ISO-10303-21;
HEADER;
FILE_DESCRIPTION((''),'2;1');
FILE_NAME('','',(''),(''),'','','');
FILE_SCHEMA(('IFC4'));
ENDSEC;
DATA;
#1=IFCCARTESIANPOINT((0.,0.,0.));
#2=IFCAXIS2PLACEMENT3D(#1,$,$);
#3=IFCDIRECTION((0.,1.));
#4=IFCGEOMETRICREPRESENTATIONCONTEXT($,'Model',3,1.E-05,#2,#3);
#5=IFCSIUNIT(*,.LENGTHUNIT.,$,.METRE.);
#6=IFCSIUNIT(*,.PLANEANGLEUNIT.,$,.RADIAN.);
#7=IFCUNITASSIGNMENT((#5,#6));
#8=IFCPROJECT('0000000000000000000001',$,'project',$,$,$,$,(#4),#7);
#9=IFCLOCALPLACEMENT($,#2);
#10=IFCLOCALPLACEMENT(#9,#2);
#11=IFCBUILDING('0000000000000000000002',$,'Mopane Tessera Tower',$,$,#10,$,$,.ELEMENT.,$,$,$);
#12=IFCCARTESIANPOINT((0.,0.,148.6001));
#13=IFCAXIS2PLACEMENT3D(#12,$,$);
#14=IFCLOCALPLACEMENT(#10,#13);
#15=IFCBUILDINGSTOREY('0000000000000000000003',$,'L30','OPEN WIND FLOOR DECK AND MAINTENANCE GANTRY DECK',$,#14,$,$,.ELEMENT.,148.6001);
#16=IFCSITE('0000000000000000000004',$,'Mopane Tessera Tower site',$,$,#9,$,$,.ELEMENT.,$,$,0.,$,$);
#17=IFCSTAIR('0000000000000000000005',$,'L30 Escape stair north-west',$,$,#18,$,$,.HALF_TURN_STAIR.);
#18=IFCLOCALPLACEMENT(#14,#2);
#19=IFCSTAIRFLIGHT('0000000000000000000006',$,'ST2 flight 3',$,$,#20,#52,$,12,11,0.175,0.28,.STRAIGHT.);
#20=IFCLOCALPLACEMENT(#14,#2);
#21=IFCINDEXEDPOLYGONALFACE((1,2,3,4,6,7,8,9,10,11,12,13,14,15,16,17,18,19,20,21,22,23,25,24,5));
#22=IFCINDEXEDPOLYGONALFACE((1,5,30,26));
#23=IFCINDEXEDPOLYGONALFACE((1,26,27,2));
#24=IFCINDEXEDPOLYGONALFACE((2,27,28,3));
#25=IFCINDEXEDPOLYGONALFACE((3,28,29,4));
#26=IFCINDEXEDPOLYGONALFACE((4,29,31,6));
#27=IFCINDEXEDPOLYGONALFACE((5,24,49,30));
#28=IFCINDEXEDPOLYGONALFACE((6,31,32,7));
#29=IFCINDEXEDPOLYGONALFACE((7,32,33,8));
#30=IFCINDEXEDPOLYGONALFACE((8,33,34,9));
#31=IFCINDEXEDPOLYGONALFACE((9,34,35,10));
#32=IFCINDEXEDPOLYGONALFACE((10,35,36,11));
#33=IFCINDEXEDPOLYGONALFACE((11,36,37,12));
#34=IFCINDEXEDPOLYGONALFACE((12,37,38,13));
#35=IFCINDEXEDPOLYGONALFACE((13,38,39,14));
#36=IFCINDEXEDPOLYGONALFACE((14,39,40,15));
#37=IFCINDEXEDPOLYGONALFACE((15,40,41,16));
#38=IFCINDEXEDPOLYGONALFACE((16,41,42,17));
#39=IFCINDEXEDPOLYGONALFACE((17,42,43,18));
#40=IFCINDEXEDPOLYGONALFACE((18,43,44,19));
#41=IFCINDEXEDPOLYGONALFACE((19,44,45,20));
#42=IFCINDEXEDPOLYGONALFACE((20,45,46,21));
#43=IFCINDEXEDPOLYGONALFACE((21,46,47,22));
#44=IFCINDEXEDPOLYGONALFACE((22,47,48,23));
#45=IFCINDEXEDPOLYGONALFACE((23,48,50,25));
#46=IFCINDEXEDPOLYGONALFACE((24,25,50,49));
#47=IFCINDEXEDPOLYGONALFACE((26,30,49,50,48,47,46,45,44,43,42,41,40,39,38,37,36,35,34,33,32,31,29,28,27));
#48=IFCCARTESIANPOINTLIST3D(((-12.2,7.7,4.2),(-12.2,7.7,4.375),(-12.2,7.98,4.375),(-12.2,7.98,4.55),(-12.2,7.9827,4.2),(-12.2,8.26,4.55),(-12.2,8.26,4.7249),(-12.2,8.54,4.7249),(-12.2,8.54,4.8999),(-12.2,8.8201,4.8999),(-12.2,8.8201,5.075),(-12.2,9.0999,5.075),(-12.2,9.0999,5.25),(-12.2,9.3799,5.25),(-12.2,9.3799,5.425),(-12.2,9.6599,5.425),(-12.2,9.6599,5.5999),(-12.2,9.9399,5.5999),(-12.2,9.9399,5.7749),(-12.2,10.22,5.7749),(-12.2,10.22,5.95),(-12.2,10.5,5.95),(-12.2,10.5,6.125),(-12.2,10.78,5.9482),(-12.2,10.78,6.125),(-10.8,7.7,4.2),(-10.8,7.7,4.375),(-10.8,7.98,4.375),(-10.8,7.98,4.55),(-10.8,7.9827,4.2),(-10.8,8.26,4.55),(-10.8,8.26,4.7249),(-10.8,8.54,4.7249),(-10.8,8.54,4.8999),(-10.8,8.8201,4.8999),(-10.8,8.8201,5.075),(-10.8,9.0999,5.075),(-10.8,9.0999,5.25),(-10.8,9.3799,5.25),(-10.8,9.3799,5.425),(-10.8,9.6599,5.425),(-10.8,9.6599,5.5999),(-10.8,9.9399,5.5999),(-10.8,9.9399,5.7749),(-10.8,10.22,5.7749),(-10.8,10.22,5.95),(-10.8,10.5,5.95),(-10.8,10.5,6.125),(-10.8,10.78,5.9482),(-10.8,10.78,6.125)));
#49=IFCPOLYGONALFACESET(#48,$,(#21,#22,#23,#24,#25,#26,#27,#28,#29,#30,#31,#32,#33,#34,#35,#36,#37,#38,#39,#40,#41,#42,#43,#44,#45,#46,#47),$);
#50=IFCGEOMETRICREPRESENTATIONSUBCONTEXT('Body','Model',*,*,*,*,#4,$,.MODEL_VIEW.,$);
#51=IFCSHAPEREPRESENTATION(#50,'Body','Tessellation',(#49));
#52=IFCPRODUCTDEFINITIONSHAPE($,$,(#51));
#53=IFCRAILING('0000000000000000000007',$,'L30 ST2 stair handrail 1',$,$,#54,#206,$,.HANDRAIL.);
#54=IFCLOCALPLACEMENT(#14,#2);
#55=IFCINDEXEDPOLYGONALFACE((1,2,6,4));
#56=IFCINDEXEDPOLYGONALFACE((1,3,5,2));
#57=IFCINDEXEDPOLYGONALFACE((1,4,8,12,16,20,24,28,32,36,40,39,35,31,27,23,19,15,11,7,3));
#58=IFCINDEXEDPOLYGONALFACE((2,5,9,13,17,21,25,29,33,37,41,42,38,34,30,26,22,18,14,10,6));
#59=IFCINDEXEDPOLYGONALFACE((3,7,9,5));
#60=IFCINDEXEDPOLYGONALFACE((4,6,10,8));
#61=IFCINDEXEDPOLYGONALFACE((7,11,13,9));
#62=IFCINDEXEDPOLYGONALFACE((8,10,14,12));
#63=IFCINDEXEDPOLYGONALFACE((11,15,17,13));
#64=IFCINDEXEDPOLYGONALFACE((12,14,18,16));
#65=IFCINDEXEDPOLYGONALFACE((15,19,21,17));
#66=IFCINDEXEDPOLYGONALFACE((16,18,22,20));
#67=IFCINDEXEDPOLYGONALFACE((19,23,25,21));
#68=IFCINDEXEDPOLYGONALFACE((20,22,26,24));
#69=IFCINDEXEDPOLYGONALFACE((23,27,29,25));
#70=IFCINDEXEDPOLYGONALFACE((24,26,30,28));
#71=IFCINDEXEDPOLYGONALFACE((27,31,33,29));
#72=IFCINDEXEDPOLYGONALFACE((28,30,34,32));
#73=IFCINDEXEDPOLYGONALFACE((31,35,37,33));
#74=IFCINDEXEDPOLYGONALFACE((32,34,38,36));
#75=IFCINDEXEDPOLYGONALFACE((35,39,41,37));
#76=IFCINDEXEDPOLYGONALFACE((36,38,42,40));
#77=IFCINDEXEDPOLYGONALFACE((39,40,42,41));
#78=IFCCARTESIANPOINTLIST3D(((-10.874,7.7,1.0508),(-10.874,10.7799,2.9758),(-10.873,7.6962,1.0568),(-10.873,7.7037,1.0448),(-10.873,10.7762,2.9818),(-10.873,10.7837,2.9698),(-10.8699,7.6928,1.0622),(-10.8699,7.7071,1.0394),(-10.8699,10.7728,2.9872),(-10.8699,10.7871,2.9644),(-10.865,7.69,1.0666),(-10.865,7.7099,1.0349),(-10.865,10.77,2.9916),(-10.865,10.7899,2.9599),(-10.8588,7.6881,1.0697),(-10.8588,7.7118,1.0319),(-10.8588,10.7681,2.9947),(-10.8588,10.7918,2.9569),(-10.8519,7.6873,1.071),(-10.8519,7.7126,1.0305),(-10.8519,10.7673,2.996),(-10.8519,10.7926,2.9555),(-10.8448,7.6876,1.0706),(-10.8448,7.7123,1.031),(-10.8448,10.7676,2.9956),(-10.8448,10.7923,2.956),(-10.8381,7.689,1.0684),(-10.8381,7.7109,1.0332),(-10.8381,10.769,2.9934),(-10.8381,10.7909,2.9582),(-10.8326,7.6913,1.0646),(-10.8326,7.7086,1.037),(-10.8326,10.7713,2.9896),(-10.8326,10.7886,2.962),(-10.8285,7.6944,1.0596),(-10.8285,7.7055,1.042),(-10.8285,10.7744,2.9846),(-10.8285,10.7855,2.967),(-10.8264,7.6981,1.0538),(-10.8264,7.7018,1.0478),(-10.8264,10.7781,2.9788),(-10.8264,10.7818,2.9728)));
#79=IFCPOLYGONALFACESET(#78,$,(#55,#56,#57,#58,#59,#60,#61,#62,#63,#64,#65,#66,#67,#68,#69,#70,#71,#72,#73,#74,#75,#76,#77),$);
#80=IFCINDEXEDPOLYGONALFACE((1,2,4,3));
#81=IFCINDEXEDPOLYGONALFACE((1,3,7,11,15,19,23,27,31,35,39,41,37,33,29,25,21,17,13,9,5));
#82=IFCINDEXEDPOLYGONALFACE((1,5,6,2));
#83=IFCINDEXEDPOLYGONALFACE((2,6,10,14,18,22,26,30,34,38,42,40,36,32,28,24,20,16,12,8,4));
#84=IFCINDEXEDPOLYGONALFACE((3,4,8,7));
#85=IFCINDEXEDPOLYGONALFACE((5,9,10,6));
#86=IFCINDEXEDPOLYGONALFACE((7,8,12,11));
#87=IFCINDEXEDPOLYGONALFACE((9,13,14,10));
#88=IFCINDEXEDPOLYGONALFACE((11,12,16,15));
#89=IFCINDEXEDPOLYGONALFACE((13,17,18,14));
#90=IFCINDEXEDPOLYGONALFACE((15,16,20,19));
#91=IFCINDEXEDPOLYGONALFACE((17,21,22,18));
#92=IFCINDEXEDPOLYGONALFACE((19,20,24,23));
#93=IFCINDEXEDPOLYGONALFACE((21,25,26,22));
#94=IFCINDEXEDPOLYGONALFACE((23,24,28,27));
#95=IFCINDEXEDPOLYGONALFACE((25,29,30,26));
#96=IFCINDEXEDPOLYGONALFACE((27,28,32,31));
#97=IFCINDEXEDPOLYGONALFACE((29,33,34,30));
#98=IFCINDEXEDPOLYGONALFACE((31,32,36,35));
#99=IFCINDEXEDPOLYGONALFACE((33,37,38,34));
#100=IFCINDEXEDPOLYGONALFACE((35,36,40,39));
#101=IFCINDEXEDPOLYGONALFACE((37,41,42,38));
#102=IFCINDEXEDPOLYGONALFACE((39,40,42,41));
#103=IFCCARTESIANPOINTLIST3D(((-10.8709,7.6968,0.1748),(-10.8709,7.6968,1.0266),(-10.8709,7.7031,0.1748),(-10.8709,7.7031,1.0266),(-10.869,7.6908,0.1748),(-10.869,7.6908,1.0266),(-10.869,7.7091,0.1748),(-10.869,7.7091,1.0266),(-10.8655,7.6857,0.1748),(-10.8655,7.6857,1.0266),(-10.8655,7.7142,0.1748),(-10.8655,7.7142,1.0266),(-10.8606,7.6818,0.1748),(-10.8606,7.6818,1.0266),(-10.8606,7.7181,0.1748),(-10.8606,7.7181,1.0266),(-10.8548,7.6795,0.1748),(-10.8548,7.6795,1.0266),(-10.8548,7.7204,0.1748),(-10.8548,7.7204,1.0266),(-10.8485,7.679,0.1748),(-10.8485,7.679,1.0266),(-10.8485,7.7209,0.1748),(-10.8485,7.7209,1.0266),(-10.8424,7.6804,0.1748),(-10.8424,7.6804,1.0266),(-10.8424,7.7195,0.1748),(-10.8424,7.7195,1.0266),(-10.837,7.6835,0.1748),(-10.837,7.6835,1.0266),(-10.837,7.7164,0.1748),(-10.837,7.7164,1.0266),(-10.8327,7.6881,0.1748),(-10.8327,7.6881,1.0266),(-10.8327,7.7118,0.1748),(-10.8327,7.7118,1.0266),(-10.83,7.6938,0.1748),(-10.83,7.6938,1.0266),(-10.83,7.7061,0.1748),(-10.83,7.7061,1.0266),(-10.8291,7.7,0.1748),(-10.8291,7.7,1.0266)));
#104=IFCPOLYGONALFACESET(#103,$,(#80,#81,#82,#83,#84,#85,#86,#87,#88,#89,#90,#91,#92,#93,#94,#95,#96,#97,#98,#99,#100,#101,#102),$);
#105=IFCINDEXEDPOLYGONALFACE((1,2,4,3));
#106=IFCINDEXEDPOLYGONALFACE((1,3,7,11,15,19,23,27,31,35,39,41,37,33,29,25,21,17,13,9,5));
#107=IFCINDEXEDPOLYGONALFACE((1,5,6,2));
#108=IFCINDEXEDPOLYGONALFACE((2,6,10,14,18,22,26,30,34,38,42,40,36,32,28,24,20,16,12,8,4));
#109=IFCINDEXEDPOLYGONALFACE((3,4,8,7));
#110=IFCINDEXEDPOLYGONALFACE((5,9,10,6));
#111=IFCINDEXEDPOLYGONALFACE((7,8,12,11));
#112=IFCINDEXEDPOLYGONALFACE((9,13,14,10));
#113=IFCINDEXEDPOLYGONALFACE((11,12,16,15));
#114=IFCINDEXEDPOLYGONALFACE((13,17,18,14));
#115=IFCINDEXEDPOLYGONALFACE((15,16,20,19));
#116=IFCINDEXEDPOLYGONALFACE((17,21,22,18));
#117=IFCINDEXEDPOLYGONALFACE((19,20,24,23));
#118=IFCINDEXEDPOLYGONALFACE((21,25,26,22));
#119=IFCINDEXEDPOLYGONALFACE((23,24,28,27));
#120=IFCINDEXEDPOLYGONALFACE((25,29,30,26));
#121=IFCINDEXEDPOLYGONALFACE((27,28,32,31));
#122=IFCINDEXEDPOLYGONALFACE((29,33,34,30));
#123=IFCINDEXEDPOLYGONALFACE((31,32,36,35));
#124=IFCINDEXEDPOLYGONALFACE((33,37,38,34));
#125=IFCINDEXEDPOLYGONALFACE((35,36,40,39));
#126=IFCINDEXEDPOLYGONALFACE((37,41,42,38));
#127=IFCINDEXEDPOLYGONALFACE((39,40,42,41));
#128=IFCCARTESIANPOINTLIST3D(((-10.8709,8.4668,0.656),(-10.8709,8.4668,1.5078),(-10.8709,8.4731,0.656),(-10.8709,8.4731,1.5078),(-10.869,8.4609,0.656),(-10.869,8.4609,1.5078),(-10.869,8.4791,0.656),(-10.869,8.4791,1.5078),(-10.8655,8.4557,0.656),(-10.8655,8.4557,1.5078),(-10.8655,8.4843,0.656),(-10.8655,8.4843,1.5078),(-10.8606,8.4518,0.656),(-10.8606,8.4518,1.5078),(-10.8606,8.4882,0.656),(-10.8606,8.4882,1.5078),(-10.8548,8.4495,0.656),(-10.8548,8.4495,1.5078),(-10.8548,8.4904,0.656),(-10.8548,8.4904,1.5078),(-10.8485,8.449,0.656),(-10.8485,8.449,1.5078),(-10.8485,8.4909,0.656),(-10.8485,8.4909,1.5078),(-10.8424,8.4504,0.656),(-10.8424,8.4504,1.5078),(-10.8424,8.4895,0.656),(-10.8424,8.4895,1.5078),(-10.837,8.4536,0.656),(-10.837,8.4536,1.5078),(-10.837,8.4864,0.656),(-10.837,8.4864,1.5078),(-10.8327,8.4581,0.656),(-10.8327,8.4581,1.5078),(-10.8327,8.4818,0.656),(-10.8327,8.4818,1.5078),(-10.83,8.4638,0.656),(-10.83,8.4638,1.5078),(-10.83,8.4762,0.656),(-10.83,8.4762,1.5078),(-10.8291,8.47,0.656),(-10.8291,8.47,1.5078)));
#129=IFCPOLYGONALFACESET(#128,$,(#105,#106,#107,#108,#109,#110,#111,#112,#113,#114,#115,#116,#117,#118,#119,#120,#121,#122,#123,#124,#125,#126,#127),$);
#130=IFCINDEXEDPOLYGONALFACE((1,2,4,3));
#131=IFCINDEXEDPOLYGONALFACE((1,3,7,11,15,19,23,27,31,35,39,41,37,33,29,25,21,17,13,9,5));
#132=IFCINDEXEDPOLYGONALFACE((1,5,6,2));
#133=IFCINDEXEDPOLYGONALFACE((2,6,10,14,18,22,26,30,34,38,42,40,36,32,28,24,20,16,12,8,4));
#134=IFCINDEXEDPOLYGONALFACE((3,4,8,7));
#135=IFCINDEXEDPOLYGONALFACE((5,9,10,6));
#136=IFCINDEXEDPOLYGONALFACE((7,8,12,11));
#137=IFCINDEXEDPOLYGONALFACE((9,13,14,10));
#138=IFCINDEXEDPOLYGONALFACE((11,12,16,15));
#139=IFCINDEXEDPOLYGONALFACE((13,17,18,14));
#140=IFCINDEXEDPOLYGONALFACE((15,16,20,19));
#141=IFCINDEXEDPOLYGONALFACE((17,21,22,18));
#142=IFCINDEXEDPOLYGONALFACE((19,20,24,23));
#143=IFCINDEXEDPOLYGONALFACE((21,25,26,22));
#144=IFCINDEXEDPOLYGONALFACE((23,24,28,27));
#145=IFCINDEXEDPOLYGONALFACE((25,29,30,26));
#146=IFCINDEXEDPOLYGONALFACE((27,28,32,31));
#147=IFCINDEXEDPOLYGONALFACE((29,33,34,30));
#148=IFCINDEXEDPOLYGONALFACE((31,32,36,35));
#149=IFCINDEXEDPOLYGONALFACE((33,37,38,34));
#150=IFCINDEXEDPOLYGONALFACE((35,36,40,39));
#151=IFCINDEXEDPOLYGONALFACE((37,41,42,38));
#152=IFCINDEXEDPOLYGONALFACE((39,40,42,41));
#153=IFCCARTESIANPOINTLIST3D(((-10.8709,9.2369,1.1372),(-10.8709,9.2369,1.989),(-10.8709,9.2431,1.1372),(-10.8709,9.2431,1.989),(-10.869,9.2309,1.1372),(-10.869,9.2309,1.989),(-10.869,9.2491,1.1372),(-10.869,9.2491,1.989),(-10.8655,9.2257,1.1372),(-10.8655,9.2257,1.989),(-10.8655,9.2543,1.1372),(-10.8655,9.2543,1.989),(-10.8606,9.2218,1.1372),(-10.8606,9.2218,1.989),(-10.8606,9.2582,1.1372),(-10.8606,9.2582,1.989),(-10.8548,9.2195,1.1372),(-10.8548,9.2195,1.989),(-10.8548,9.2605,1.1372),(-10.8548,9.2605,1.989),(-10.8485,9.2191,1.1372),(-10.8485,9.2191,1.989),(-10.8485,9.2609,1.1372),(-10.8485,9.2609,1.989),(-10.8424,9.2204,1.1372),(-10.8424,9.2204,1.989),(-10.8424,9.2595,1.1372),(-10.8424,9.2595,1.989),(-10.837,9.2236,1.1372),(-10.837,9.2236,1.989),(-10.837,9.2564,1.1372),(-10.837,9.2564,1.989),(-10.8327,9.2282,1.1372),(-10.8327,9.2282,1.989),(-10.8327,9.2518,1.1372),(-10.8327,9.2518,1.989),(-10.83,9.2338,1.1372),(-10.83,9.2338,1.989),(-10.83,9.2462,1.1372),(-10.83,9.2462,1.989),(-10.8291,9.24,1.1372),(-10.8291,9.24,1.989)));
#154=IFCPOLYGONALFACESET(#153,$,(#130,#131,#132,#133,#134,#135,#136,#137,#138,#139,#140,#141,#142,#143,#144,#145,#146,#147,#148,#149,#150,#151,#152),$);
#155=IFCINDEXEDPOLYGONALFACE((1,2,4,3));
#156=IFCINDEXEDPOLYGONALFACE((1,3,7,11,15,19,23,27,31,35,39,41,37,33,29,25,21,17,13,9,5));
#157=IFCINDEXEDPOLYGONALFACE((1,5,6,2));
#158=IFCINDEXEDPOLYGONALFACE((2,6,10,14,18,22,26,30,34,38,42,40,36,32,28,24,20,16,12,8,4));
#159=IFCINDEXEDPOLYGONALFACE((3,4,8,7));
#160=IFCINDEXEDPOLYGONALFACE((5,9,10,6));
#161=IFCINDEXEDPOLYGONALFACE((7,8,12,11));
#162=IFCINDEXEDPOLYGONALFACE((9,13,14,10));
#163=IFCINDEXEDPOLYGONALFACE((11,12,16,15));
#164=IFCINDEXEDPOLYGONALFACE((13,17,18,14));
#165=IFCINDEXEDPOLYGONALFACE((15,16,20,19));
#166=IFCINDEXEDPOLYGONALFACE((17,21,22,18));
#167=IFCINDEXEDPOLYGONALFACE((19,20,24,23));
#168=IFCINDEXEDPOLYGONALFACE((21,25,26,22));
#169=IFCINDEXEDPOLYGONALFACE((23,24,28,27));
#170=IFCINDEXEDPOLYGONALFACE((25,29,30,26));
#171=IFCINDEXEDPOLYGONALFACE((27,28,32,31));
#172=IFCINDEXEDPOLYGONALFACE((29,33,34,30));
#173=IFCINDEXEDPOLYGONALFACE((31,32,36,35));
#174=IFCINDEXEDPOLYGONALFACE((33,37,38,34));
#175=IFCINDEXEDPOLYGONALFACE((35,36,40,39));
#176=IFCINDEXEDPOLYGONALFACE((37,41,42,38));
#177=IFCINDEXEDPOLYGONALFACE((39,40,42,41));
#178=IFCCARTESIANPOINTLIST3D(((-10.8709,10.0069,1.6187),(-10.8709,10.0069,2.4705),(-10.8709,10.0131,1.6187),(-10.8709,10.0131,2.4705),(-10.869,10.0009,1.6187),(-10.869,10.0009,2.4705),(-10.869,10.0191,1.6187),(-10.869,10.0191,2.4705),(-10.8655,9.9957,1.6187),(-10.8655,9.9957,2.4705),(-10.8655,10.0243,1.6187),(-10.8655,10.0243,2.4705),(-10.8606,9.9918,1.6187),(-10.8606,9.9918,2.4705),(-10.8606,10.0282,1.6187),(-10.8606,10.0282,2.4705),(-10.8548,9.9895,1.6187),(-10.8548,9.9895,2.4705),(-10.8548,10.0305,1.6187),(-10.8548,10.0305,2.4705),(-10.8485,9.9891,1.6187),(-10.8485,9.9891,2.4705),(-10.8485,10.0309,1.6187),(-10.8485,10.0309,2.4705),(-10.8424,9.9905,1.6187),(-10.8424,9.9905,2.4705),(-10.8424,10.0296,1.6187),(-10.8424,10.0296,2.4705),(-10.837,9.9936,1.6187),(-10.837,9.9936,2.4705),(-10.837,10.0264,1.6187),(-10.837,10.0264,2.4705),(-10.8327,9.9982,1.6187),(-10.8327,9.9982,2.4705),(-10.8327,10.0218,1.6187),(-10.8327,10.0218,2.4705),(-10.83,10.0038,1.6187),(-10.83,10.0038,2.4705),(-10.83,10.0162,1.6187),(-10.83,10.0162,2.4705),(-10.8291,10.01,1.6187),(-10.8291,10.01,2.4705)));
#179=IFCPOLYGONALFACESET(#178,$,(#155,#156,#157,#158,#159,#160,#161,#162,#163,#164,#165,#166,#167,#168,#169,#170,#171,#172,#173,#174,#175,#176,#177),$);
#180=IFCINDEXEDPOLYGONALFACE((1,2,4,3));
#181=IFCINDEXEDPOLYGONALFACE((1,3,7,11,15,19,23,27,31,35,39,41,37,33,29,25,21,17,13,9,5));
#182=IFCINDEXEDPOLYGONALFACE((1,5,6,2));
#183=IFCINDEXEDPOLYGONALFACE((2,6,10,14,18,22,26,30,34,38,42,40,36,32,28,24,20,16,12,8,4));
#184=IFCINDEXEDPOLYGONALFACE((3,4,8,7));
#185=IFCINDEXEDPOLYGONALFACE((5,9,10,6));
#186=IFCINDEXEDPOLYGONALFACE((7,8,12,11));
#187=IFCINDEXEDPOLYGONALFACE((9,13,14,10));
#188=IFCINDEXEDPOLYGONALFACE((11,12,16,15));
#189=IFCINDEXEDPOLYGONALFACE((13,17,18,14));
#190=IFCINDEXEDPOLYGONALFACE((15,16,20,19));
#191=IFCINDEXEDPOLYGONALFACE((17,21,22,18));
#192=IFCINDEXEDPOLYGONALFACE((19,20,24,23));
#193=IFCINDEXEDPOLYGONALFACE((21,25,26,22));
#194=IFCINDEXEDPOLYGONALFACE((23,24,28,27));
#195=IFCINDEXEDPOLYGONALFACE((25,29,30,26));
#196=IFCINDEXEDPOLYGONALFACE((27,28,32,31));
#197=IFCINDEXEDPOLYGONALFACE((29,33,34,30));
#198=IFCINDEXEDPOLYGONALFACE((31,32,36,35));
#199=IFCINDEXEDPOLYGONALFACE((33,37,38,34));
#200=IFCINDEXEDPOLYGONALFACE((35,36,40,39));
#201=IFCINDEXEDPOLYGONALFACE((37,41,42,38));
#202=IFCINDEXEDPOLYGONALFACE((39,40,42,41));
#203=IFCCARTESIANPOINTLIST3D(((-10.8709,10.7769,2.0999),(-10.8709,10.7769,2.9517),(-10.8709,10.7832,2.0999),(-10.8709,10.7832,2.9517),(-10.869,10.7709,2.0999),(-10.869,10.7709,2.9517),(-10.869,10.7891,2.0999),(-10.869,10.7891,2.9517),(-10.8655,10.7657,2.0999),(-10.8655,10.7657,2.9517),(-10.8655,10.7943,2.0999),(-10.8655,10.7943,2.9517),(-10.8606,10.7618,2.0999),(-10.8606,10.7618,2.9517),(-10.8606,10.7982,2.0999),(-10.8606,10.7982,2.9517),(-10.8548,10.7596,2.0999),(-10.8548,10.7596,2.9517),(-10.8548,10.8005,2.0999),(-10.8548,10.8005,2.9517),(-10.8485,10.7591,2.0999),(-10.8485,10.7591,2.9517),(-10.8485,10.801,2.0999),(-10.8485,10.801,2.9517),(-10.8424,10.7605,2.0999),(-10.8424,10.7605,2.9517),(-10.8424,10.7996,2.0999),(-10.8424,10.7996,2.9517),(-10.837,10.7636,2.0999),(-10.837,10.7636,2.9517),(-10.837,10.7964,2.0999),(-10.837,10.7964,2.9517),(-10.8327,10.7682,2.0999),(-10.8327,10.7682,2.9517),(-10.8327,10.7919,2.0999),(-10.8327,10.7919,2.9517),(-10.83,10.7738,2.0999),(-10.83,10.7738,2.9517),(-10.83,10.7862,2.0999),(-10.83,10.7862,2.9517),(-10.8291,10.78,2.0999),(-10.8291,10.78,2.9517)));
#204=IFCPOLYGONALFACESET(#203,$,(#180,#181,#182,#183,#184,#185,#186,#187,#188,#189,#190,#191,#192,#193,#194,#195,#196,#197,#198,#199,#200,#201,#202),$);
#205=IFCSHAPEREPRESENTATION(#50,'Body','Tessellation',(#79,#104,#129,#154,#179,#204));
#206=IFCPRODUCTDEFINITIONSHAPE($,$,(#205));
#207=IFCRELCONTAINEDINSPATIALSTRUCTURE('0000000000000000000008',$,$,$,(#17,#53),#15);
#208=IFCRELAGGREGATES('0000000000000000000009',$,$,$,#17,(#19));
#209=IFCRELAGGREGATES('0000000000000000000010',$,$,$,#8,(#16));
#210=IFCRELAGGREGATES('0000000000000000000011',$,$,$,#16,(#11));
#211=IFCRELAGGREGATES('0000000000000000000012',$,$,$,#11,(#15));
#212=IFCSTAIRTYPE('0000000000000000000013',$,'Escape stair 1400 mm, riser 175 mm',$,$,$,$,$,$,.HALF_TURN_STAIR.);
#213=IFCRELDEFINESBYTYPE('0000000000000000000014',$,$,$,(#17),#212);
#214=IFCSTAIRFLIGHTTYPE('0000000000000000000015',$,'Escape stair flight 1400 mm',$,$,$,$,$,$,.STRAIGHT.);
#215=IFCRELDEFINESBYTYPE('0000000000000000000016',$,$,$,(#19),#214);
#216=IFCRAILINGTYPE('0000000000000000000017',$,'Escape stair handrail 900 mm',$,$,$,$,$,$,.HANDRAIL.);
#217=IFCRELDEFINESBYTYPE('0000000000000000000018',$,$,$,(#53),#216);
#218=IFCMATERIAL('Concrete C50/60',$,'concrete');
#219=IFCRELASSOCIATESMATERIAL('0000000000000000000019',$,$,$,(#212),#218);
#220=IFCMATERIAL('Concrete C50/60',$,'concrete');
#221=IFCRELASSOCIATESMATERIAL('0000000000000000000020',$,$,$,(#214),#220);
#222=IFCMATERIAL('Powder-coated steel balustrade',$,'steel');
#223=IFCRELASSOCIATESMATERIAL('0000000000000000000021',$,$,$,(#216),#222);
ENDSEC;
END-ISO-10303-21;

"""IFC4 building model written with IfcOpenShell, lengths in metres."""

from ifc_helpers import new_model, si_unit, direction, frame, origin, origin_2d, place, context, subcontext, project, spatial, polyline, circle, outline, extrude, material, type_object, element, aggregate, save


model = new_model("IFC4")

# Units and contexts
model_context = context("Model", 3, precision=1e-05, world=origin(), true_north=direction((0.0, 1.0)))
body_context = subcontext(model_context, "Body", "Model", "MODEL_VIEW")
ifc_project = project(units=[si_unit("LENGTHUNIT", "METRE"), si_unit("PLANEANGLEUNIT", "RADIAN")], contexts=[model_context])

# Site, building, storey
site_placement = place(None, origin())
site = spatial("IfcSite", under=ifc_project, at=site_placement, Name="Mopane Tessera Tower site", CompositionType="ELEMENT", RefElevation=0.0)
building_placement = place(site_placement, origin())
building = spatial("IfcBuilding", under=site, at=building_placement, Name="Mopane Tessera Tower", CompositionType="ELEMENT")
storey_placement = place(building_placement, frame((0.0, 0.0, 148.6001)))
storey = spatial("IfcBuildingStorey", under=building, at=storey_placement, Name="L30", Description="OPEN WIND FLOOR DECK AND MAINTENANCE GANTRY DECK", CompositionType="ELEMENT", Elevation=148.6001)

# Stair, stair flight
ifc_material_1 = material(Name="Concrete C50/60", Category="concrete")
stair_type = type_object("IfcStairType", Name="Escape stair 1400 mm, riser 175 mm", PredefinedType="HALF_TURN_STAIR", material=ifc_material_1)
stair_placement = place(storey_placement, origin())
stair = element("IfcStair", 1, at=stair_placement, inside=storey, type_object=stair_type, Name="L30 Escape stair north-west", PredefinedType="HALF_TURN_STAIR")
ifc_material_2 = material(Name="Concrete C50/60", Category="concrete")
stair_flight_type = type_object("IfcStairFlightType", Name="Escape stair flight 1400 mm", PredefinedType="STRAIGHT", material=ifc_material_2)
stair_flight_1_placement = place(storey_placement, frame((-11.5, 7.7, 4.2), z_axis=(0.0, 0.0, 1.0), x_axis=(0.0, 1.0, 0.0)))
stair_flight_1 = element("IfcStairFlight", 2, at=stair_flight_1_placement, type_object=stair_flight_type, Name="ST2 flight 3", NumberOfRisers=12, NumberOfTreads=11, PredefinedType="STRAIGHT", RiserHeight=0.175, TreadLength=0.28, context=body_context, shape_type="SweptSolid", body=[
    extrude(outline(polyline([(0.0, 0.0), (0.0, 0.175), (0.28, 0.175), (0.28, 0.3501), (0.5601, 0.3501), (0.5601, 0.5249), (0.8401, 0.5249), (0.8401, 0.7), (1.1201, 0.7), (1.1201, 0.875), (1.3999, 0.875), (1.3999, 1.05), (1.6799, 1.05), (1.6799, 1.2251), (1.96, 1.2251), (1.96, 1.3999), (2.24, 1.3999), (2.24, 1.575), (2.52, 1.575), (2.52, 1.75), (2.8, 1.75), (2.8, 1.925), (3.0801, 1.925), (3.0801, 2.1001), (3.0801, 1.7483), (0.2827, 0.0), (0.0, 0.0)])), frame((0.0, 0.7, 0.0), z_axis=(0.0, -1.0, 0.0), x_axis=(1.0, 0.0, 0.0)), (0.0, 0.0, 1.0), 1.3999),
])
aggregate(stair, [stair_flight_1])

# Railing
ifc_material_3 = material(Name="Powder-coated steel balustrade", Category="steel")
railing_type = type_object("IfcRailingType", Name="Escape stair handrail 900 mm", PredefinedType="HANDRAIL", material=ifc_material_3)
railing_1_placement = place(storey_placement, frame((-10.8501, 7.7, 0.1748)))
element("IfcRailing", 3, at=railing_1_placement, inside=storey, type_object=railing_type, Name="L30 ST2 stair handrail 1", PredefinedType="HANDRAIL", context=body_context, shape_type="SweptSolid", body=[
    extrude(circle(Radius=0.0239, at=origin_2d()), frame((0.0, 0.0, 0.876), z_axis=(0.0, 0.847998, 0.529999), x_axis=(-1.0, 0.0, 0.0)), (0.0, 0.0, 1.0), 3.6321),
    extrude(circle(Radius=0.021, at=origin_2d()), origin(), (0.0, 0.0, 1.0), 0.8518),
    extrude(circle(Radius=0.021, at=origin_2d()), frame((0.0, 0.77, 0.4812)), (0.0, 0.0, 1.0), 0.8518),
    extrude(circle(Radius=0.021, at=origin_2d()), frame((0.0, 1.54, 0.9624)), (0.0, 0.0, 1.0), 0.8518),
    extrude(circle(Radius=0.021, at=origin_2d()), frame((0.0, 2.3101, 1.4438)), (0.0, 0.0, 1.0), 0.8518),
    extrude(circle(Radius=0.021, at=origin_2d()), frame((0.0, 3.0801, 1.925)), (0.0, 0.0, 1.0), 0.8518),
])

save(model, "model.ifc")
